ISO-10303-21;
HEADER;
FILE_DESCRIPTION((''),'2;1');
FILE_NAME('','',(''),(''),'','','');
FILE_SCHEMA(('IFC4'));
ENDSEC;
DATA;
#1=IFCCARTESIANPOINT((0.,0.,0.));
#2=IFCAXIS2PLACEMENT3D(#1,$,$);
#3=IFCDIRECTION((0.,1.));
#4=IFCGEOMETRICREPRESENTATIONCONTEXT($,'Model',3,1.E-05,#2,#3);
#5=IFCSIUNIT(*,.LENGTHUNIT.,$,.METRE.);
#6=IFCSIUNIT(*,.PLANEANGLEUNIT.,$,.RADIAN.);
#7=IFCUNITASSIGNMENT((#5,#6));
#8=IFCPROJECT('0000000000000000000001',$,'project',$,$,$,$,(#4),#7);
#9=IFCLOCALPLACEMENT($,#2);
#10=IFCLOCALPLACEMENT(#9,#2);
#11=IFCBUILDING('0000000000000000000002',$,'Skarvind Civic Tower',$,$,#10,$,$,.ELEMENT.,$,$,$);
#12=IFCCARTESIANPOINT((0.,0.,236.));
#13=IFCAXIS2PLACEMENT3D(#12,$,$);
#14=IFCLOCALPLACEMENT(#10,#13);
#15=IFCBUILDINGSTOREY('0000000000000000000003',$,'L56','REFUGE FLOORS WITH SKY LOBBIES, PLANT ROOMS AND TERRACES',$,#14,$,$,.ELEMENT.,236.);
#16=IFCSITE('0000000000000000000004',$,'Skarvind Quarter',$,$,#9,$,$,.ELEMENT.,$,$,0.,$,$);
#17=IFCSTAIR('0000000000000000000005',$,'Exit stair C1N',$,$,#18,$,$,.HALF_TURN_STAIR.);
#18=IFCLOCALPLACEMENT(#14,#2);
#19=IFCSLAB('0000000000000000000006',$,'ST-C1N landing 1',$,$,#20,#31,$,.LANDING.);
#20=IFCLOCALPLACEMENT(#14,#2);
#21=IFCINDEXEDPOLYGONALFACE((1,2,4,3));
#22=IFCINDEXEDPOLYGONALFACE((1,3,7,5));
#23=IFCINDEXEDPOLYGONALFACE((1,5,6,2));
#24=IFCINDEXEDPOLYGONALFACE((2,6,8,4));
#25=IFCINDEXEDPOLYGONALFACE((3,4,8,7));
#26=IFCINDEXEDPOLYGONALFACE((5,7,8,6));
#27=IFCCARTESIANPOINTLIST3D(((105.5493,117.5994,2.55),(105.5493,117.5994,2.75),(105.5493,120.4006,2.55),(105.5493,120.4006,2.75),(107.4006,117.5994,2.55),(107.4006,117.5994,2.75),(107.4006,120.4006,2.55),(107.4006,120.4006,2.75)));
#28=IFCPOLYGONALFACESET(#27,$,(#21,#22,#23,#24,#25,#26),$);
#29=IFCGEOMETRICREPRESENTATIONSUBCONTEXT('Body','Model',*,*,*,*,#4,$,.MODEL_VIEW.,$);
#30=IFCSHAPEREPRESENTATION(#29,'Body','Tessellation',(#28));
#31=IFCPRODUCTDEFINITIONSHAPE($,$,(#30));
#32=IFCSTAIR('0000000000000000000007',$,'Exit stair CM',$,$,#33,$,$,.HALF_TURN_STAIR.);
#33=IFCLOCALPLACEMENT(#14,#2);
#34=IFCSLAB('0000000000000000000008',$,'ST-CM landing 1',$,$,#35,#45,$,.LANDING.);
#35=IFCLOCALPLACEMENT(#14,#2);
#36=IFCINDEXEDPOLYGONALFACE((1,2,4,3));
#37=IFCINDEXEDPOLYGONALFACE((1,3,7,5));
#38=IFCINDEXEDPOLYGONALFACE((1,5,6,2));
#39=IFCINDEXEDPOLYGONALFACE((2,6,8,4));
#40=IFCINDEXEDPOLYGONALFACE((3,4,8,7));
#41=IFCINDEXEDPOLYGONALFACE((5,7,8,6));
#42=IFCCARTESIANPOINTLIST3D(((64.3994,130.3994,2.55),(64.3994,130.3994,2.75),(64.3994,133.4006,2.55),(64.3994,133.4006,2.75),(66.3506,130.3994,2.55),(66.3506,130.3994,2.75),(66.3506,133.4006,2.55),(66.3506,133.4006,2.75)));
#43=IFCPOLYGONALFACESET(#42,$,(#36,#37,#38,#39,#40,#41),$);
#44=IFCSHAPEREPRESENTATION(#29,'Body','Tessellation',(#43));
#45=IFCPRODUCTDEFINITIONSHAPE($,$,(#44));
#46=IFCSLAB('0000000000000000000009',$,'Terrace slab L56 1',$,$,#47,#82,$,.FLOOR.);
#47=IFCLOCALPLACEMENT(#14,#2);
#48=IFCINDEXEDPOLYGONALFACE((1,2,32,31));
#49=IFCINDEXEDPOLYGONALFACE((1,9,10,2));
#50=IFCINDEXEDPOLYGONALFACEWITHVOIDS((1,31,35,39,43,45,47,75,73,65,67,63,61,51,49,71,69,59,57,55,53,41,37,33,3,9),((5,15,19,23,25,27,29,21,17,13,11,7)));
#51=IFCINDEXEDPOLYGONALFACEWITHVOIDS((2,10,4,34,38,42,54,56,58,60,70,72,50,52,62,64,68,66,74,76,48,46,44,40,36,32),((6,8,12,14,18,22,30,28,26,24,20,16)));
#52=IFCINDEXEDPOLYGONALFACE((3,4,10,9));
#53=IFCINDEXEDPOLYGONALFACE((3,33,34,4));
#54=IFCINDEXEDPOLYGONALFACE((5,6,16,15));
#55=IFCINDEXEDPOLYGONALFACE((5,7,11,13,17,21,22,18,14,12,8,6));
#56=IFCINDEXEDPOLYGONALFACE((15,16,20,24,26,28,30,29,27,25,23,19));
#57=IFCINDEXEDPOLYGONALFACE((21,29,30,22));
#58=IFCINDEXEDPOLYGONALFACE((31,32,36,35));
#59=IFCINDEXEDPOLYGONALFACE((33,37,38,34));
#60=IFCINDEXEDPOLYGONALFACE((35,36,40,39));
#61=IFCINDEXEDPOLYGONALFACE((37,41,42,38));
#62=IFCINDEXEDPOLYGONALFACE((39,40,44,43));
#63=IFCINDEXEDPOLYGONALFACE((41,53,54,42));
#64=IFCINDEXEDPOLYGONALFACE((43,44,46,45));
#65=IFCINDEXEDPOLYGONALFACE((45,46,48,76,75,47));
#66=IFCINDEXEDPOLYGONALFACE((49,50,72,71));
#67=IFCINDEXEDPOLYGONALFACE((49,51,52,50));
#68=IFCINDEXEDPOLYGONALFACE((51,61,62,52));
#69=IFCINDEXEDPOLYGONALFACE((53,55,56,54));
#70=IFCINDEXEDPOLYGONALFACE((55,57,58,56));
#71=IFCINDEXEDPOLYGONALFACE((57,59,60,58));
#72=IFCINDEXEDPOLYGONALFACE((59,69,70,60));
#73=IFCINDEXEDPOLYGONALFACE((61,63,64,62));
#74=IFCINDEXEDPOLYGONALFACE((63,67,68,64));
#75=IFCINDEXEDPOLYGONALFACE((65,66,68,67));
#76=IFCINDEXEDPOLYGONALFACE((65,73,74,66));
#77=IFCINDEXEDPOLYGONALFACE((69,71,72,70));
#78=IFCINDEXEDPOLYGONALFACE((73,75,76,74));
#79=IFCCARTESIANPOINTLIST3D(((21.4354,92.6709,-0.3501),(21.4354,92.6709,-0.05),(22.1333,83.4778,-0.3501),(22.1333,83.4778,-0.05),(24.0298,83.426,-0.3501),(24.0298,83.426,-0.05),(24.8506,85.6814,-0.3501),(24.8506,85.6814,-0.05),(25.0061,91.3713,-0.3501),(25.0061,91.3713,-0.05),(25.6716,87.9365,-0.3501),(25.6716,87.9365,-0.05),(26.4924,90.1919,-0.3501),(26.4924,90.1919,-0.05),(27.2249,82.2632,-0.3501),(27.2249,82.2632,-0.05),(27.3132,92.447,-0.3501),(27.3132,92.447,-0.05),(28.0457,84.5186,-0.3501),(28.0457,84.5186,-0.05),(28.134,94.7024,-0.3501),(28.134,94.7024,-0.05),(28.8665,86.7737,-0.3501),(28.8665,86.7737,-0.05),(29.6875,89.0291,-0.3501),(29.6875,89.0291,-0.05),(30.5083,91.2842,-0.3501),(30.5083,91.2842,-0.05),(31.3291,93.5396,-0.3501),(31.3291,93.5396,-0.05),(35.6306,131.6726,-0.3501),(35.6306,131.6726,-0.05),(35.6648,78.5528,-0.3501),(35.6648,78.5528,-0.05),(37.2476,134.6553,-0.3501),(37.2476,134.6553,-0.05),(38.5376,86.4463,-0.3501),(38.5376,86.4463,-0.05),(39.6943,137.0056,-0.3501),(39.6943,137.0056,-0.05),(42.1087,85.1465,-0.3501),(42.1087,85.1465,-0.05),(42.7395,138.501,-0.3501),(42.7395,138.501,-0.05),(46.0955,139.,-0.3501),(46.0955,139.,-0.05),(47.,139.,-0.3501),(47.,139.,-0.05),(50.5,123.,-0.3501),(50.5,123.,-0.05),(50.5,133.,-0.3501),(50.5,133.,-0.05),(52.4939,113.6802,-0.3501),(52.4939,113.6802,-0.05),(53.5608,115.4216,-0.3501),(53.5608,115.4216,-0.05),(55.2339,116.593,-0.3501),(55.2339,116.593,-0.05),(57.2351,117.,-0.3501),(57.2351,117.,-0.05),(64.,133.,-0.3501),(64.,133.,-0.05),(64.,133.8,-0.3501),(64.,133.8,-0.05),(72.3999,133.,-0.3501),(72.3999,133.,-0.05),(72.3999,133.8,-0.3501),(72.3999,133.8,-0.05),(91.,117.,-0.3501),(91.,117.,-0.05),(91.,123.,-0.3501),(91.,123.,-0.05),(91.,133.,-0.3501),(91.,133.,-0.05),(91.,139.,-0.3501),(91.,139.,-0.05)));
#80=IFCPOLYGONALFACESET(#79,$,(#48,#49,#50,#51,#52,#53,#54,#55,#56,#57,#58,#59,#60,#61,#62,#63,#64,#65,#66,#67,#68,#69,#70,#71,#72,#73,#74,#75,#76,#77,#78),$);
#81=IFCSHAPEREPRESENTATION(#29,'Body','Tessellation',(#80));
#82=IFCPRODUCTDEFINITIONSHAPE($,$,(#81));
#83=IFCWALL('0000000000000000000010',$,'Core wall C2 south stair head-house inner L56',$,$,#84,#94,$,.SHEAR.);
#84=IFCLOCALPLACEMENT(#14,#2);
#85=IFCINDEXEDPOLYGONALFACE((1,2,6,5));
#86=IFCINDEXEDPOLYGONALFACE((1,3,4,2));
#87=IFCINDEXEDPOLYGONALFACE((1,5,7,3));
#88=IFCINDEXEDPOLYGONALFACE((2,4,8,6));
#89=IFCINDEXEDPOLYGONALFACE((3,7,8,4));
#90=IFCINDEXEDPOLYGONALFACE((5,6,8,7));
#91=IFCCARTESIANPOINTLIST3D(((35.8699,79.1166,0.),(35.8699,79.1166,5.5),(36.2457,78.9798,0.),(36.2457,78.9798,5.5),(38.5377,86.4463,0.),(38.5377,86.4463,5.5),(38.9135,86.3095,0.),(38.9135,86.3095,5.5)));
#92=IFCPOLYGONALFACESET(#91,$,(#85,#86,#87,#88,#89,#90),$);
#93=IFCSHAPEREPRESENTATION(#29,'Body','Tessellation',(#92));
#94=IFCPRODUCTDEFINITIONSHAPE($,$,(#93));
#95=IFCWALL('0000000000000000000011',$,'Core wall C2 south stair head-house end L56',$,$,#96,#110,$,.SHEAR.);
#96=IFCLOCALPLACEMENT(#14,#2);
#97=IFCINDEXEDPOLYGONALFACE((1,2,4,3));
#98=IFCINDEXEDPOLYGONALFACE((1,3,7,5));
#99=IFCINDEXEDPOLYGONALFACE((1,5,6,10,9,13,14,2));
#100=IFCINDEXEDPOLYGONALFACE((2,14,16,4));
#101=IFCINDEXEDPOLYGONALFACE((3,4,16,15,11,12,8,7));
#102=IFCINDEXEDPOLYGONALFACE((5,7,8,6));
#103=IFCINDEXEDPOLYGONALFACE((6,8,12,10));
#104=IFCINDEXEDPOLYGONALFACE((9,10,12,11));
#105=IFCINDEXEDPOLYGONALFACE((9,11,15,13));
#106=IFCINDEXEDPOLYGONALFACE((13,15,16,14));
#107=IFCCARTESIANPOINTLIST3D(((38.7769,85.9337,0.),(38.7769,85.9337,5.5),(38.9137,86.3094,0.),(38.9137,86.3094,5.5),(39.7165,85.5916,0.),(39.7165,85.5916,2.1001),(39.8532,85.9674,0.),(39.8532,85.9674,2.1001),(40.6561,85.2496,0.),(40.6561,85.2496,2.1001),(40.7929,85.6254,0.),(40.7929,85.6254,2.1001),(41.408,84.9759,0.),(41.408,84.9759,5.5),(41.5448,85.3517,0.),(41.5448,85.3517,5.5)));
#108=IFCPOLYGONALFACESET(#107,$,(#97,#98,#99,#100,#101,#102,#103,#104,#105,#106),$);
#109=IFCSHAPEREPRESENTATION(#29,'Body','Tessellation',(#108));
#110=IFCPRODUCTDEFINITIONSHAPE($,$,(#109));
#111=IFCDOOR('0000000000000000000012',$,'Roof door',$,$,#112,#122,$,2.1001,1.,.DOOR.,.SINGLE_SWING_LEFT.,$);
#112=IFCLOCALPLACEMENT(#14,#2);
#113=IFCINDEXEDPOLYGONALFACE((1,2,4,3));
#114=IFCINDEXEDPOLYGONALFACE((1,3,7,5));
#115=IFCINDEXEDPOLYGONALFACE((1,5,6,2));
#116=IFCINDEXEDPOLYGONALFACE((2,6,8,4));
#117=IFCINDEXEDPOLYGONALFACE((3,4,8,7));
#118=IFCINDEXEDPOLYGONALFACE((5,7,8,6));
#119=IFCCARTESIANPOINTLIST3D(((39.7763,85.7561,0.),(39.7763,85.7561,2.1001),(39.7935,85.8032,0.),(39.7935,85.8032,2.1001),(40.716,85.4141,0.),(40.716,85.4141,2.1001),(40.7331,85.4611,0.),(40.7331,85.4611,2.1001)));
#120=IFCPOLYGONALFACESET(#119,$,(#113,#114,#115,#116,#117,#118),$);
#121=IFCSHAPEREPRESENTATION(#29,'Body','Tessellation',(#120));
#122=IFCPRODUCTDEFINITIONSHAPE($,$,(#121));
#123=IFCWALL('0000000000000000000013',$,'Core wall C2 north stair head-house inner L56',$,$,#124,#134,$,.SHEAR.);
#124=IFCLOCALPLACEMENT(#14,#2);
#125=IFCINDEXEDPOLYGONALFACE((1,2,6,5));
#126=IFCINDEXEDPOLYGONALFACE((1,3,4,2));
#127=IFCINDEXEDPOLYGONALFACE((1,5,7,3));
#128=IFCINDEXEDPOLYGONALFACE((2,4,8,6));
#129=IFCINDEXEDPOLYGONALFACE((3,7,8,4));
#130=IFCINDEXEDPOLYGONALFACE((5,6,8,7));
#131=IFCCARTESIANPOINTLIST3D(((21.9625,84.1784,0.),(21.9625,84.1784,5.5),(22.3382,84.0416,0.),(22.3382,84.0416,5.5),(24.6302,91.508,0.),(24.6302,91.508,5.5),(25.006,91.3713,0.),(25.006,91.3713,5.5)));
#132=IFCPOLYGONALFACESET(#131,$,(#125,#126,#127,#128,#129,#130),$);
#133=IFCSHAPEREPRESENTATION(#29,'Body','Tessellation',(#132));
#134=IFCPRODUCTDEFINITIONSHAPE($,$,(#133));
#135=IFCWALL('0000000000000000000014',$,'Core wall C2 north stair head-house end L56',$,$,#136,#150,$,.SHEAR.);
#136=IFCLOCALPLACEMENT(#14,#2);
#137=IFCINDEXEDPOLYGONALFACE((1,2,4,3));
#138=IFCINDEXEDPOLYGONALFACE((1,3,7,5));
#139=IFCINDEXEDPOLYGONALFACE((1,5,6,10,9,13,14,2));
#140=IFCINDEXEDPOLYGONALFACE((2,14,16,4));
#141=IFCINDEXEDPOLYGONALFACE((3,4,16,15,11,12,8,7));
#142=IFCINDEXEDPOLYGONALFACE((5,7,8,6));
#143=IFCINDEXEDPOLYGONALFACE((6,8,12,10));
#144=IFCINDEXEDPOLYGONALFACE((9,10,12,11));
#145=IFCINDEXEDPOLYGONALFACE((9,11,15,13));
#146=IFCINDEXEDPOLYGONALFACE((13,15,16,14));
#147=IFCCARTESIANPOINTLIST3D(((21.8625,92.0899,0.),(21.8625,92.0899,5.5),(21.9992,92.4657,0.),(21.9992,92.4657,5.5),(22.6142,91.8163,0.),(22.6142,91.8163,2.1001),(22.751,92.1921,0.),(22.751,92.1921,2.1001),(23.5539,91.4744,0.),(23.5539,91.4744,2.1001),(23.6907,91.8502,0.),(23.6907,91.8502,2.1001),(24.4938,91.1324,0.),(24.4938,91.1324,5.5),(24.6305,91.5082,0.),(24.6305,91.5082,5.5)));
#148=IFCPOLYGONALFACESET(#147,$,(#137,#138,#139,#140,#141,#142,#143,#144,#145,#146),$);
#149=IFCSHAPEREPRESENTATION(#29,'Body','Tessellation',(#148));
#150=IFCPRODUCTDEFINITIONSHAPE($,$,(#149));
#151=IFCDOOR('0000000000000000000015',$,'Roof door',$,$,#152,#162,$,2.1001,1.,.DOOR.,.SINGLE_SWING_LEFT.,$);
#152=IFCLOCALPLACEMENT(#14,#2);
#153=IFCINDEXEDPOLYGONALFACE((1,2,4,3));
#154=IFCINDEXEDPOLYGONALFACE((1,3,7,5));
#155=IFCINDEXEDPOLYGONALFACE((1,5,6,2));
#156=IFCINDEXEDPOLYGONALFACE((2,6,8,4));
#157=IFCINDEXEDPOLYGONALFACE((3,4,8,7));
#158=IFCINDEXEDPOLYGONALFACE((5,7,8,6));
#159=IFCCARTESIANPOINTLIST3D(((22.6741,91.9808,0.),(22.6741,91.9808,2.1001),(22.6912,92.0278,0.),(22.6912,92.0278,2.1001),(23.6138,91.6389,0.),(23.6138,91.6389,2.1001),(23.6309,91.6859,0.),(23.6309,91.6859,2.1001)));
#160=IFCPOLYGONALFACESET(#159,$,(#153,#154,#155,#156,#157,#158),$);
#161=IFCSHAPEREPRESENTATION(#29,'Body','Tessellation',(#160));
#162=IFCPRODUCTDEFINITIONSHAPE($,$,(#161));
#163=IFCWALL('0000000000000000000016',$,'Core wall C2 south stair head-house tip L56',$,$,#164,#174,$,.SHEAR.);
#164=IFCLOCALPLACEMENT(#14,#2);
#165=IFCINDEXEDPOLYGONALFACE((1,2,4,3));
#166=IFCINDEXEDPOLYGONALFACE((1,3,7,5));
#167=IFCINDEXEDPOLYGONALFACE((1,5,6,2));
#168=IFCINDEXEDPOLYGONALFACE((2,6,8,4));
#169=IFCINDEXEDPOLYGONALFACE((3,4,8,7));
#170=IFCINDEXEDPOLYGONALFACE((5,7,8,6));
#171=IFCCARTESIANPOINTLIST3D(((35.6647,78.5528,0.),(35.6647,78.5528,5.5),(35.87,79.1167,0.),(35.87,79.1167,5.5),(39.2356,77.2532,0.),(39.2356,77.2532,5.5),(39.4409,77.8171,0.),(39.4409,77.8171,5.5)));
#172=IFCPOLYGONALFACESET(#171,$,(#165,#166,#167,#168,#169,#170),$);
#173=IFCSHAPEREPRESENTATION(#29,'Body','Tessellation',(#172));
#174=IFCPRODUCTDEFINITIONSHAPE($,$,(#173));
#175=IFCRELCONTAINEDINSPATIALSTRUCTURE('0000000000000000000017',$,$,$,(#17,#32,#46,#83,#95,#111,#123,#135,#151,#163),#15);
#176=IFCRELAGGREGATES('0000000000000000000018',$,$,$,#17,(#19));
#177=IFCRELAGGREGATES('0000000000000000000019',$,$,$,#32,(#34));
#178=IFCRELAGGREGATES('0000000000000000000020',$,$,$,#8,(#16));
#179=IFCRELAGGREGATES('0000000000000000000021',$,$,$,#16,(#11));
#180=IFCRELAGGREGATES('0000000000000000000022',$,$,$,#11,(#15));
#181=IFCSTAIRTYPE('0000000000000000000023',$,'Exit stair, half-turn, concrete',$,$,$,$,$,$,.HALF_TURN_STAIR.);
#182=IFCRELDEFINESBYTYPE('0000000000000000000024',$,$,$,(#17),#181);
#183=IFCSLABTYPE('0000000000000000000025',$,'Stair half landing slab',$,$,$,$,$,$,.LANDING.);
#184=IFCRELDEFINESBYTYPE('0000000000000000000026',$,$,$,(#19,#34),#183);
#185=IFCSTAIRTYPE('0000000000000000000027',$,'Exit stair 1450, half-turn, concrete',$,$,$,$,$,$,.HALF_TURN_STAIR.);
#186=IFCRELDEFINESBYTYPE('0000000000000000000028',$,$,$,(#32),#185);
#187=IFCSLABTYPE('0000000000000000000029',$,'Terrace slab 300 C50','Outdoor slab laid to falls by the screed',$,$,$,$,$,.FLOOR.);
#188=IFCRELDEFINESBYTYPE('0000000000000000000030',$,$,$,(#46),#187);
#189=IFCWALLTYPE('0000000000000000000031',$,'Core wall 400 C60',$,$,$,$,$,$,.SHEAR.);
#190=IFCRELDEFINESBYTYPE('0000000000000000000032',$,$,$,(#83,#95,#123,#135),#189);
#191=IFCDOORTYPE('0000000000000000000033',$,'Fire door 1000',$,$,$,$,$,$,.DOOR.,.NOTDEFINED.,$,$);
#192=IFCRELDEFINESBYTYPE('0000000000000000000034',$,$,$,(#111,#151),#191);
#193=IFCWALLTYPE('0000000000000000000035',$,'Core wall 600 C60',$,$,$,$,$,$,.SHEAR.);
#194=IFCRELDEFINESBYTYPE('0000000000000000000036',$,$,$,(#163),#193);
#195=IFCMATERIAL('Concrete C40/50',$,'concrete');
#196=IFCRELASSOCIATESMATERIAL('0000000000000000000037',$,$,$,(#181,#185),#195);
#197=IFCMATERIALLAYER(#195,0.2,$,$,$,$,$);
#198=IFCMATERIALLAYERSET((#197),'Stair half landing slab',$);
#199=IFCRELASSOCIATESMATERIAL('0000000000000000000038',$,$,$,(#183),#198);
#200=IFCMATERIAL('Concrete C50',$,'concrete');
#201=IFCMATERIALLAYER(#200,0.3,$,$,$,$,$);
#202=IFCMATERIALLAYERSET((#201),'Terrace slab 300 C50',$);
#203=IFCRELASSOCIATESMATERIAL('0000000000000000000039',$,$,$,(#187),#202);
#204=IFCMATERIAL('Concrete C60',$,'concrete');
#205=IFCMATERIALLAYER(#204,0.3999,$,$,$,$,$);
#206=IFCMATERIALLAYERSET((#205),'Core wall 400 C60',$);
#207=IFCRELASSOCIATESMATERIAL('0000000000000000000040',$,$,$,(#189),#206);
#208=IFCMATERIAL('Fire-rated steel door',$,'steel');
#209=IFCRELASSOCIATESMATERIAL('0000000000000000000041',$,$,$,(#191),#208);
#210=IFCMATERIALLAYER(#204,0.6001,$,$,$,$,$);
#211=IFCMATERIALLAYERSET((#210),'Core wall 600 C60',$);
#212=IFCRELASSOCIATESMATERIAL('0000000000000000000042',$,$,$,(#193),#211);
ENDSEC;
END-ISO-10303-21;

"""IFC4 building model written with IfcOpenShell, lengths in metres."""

from ifc_helpers import new_model, si_unit, direction, frame, frame_2d, origin, place, context, subcontext, project, spatial, polyline, rectangle, outline, extrude, material, layer, layer_set, type_object, element, fill, aggregate, save


model = new_model("IFC4")

# Units and contexts
model_context = context("Model", 3, precision=1e-05, world=origin(), true_north=direction((0.0, 1.0)))
body_context = subcontext(model_context, "Body", "Model", "MODEL_VIEW")
ifc_project = project(units=[si_unit("LENGTHUNIT", "METRE"), si_unit("PLANEANGLEUNIT", "RADIAN")], contexts=[model_context])

# Site, building, storey
site_placement = place(None, origin())
site = spatial("IfcSite", under=ifc_project, at=site_placement, Name="Skarvind Quarter", CompositionType="ELEMENT", RefElevation=0.0)
building_placement = place(site_placement, origin())
building = spatial("IfcBuilding", under=site, at=building_placement, Name="Skarvind Civic Tower", CompositionType="ELEMENT")
storey_placement = place(building_placement, frame((0.0, 0.0, 236.0)))
storey = spatial("IfcBuildingStorey", under=building, at=storey_placement, Name="L56", Description="REFUGE FLOORS WITH SKY LOBBIES, PLANT ROOMS AND TERRACES", CompositionType="ELEMENT", Elevation=236.0)

# Shared definitions
ifc_material_1 = material(Name="Concrete C50", Category="concrete")
ifc_material_2 = material(Name="Concrete C40/50", Category="concrete")

# Stairs, slabs
stair_type_1 = type_object("IfcStairType", Name="Exit stair, half-turn, concrete", PredefinedType="HALF_TURN_STAIR", material=ifc_material_2)
ifc_layer_1 = layer(ifc_material_2, 0.2)
ifc_layer_set_1 = layer_set([ifc_layer_1], Name="Stair half landing slab")
slab_type_1 = type_object("IfcSlabType", Name="Stair half landing slab", PredefinedType="LANDING", material=ifc_layer_set_1)
stair_1_placement = place(storey_placement, origin())
stair_1 = element("IfcStair", 1, at=stair_1_placement, inside=storey, type_object=stair_type_1, Name="Exit stair C1N", PredefinedType="HALF_TURN_STAIR")
slab_1_placement = place(storey_placement, frame((0.0, 0.0, 2.55)))
slab_1 = element("IfcSlab", 2, at=slab_1_placement, type_object=slab_type_1, Name="ST-C1N landing 1", PredefinedType="LANDING", context=body_context, shape_type="SweptSolid", body=[
    extrude(outline(polyline([(105.5493, 117.5994), (105.5493, 120.4006), (107.4006, 120.4006), (107.4006, 117.5994), (105.5493, 117.5994)])), origin(), (0.0, 0.0, 1.0), 0.2),
])
aggregate(stair_1, [slab_1])
stair_type_2 = type_object("IfcStairType", Name="Exit stair 1450, half-turn, concrete", PredefinedType="HALF_TURN_STAIR", material=ifc_material_2)
stair_2_placement = place(storey_placement, origin())
stair_2 = element("IfcStair", 3, at=stair_2_placement, inside=storey, type_object=stair_type_2, Name="Exit stair CM", PredefinedType="HALF_TURN_STAIR")
slab_2_placement = place(storey_placement, frame((0.0, 0.0, 2.55)))
slab_2 = element("IfcSlab", 4, at=slab_2_placement, type_object=slab_type_1, Name="ST-CM landing 1", PredefinedType="LANDING", context=body_context, shape_type="SweptSolid", body=[
    extrude(outline(polyline([(66.3506, 133.4006), (66.3506, 130.3994), (64.3994, 130.3994), (64.3994, 133.4006), (66.3506, 133.4006)])), origin(), (0.0, 0.0, 1.0), 0.2),
])
aggregate(stair_2, [slab_2])

# Slab
ifc_layer_2 = layer(ifc_material_1, 0.3)
ifc_layer_set_2 = layer_set([ifc_layer_2], Name="Terrace slab 300 C50")
slab_type_2 = type_object("IfcSlabType", Name="Terrace slab 300 C50", Description="Outdoor slab laid to falls by the screed", PredefinedType="FLOOR", material=ifc_layer_set_2)
slab_3_placement = place(storey_placement, frame((0.0, 0.0, -0.3501)))
element("IfcSlab", 5, at=slab_3_placement, inside=storey, type_object=slab_type_2, Name="Terrace slab L56 1", PredefinedType="FLOOR", context=body_context, shape_type="SweptSolid", body=[
    extrude(outline(polyline([(53.5608, 115.4216), (55.2339, 116.593), (57.2351, 117.0), (91.0, 117.0), (91.0, 123.0), (50.5, 123.0), (50.5, 133.0), (64.0, 133.0), (64.0, 133.8), (72.3999, 133.8), (72.3999, 133.0), (91.0, 133.0), (91.0, 139.0), (47.0, 139.0), (46.0955, 139.0), (42.7395, 138.501), (39.6943, 137.0056), (37.2476, 134.6553), (35.6306, 131.6726), (19.4175, 87.1267), (21.4353, 92.6709), (25.0061, 91.3713), (22.1333, 83.4778), (36.8865, 78.1082), (35.6648, 78.5527), (38.5376, 86.4463), (42.1086, 85.1465), (40.0908, 79.6023), (40.0908, 79.6023), (52.4939, 113.6802), (53.5608, 115.4216)]), holes=[polyline([(25.6716, 87.9365), (26.4924, 90.1919), (27.3132, 92.447), (28.134, 94.7024), (31.3291, 93.5396), (30.5083, 91.2842), (29.6875, 89.0291), (28.8665, 86.7737), (28.8665, 86.7737), (28.0457, 84.5186), (27.2249, 82.2632), (24.0298, 83.426), (24.8506, 85.6814), (25.6716, 87.9365), (25.6716, 87.9365)])]), origin(), (0.0, 0.0, 1.0), 0.3),
])

# Wall
ifc_material_3 = material(Name="Concrete C60", Category="concrete")
ifc_layer_3 = layer(ifc_material_3, 0.3999)
ifc_layer_set_3 = layer_set([ifc_layer_3], Name="Core wall 400 C60")
wall_type_1 = type_object("IfcWallType", Name="Core wall 400 C60", PredefinedType="SHEAR", material=ifc_layer_set_3)
wall_1_placement = place(storey_placement, frame((36.0579, 79.0483, 0.0), z_axis=(0.0, 0.0, 1.0), x_axis=(0.342017, 0.939694, 0.0)))
element("IfcWall", 6, at=wall_1_placement, inside=storey, type_object=wall_type_1, Name="Core wall C2 south stair head-house inner L56", PredefinedType="SHEAR", context=body_context, shape_type="SweptSolid", body=[
    extrude(rectangle(XDim=7.8, YDim=0.3999, at=frame_2d((3.8999, 0.0))), origin(), (0.0, 0.0, 1.0), 5.5),
])

# Wall, opening, door
wall_2_placement = place(storey_placement, frame((41.4763, 85.1638, 0.0), z_axis=(0.0, 0.0, 1.0), x_axis=(-0.939679, 0.342058, 0.0)))
wall_2 = element("IfcWall", 7, at=wall_2_placement, inside=storey, type_object=wall_type_1, Name="Core wall C2 south stair head-house end L56", PredefinedType="SHEAR", context=body_context, shape_type="SweptSolid", body=[
    extrude(rectangle(XDim=2.8, YDim=0.3999, at=frame_2d((1.3999, 0.0))), origin(), (0.0, 0.0, 1.0), 5.5),
])
opening_1_placement = place(wall_2_placement, frame((0.8, 0.0, 0.0)))
opening_1 = element("IfcOpeningElement", 8, at=opening_1_placement, cuts=wall_2, PredefinedType="OPENING", context=body_context, shape_type="SweptSolid", body=[
    extrude(rectangle(XDim=1.0, YDim=2.1001, at=frame_2d((0.5, 1.05))), frame((0.0, 0.21, 0.0), z_axis=(0.0, -1.0, 0.0), x_axis=(1.0, 0.0, 0.0)), (0.0, 0.0, 1.0), 0.4199),
])
ifc_material_4 = material(Name="Fire-rated steel door", Category="steel")
door_type = type_object("IfcDoorType", Name="Fire door 1000", OperationType="NOTDEFINED", PredefinedType="DOOR", material=ifc_material_4)
door_1_placement = place(opening_1_placement, origin())
door_1 = element("IfcDoor", 9, at=door_1_placement, inside=storey, type_object=door_type, Name="Roof door", OperationType="SINGLE_SWING_LEFT", OverallHeight=2.1001, OverallWidth=1.0, PredefinedType="DOOR", context=body_context, shape_type="SweptSolid", body=[
    extrude(rectangle(XDim=1.0, YDim=2.1001, at=frame_2d((0.5, 1.05))), frame((0.0, 0.0249, 0.0), z_axis=(0.0, -1.0, 0.0), x_axis=(1.0, 0.0, 0.0)), (0.0, 0.0, 1.0), 0.05),
])
fill(opening_1, door_1)

# Wall
wall_3_placement = place(storey_placement, frame((22.1504, 84.1101, 0.0), z_axis=(0.0, 0.0, 1.0), x_axis=(0.342017, 0.939694, 0.0)))
element("IfcWall", 10, at=wall_3_placement, inside=storey, type_object=wall_type_1, Name="Core wall C2 north stair head-house inner L56", PredefinedType="SHEAR", context=body_context, shape_type="SweptSolid", body=[
    extrude(rectangle(XDim=7.8, YDim=0.3999, at=frame_2d((3.8999, 0.0))), origin(), (0.0, 0.0, 1.0), 5.5),
])

# Wall, opening, door
wall_4_placement = place(storey_placement, frame((24.562, 91.3203, 0.0), z_axis=(0.0, 0.0, 1.0), x_axis=(-0.939717, 0.341953, 0.0)))
wall_4 = element("IfcWall", 11, at=wall_4_placement, inside=storey, type_object=wall_type_1, Name="Core wall C2 north stair head-house end L56", PredefinedType="SHEAR", context=body_context, shape_type="SweptSolid", body=[
    extrude(rectangle(XDim=2.8, YDim=0.3999, at=frame_2d((1.3999, 0.0))), origin(), (0.0, 0.0, 1.0), 5.5),
])
opening_2_placement = place(wall_4_placement, frame((1.0, 0.0, 0.0)))
opening_2 = element("IfcOpeningElement", 12, at=opening_2_placement, cuts=wall_4, PredefinedType="OPENING", context=body_context, shape_type="SweptSolid", body=[
    extrude(rectangle(XDim=1.0, YDim=2.1001, at=frame_2d((0.5, 1.05))), frame((0.0, 0.21, 0.0), z_axis=(0.0, -1.0, 0.0), x_axis=(1.0, 0.0, 0.0)), (0.0, 0.0, 1.0), 0.4199),
])
door_2_placement = place(opening_2_placement, origin())
door_2 = element("IfcDoor", 13, at=door_2_placement, inside=storey, type_object=door_type, Name="Roof door", OperationType="SINGLE_SWING_LEFT", OverallHeight=2.1001, OverallWidth=1.0, PredefinedType="DOOR", context=body_context, shape_type="SweptSolid", body=[
    extrude(rectangle(XDim=1.0, YDim=2.1001, at=frame_2d((0.5, 1.05))), frame((0.0, 0.0249, 0.0), z_axis=(0.0, -1.0, 0.0), x_axis=(1.0, 0.0, 0.0)), (0.0, 0.0, 1.0), 0.05),
])
fill(opening_2, door_2)

# Wall
ifc_layer_4 = layer(ifc_material_3, 0.6001)
ifc_layer_set_4 = layer_set([ifc_layer_4], Name="Core wall 600 C60")
wall_type_2 = type_object("IfcWallType", Name="Core wall 600 C60", PredefinedType="SHEAR", material=ifc_layer_set_4)
wall_5_placement = place(storey_placement, frame((39.3381, 77.5352, 0.0), z_axis=(0.0, 0.0, 1.0), x_axis=(-0.939701, 0.341996, 0.0)))
element("IfcWall", 14, at=wall_5_placement, inside=storey, type_object=wall_type_2, Name="Core wall C2 south stair head-house tip L56", PredefinedType="SHEAR", context=body_context, shape_type="SweptSolid", body=[
    extrude(rectangle(XDim=3.8, YDim=0.6001, at=frame_2d((1.8999, 0.0))), origin(), (0.0, 0.0, 1.0), 5.5),
])

save(model, "model.ifc")
